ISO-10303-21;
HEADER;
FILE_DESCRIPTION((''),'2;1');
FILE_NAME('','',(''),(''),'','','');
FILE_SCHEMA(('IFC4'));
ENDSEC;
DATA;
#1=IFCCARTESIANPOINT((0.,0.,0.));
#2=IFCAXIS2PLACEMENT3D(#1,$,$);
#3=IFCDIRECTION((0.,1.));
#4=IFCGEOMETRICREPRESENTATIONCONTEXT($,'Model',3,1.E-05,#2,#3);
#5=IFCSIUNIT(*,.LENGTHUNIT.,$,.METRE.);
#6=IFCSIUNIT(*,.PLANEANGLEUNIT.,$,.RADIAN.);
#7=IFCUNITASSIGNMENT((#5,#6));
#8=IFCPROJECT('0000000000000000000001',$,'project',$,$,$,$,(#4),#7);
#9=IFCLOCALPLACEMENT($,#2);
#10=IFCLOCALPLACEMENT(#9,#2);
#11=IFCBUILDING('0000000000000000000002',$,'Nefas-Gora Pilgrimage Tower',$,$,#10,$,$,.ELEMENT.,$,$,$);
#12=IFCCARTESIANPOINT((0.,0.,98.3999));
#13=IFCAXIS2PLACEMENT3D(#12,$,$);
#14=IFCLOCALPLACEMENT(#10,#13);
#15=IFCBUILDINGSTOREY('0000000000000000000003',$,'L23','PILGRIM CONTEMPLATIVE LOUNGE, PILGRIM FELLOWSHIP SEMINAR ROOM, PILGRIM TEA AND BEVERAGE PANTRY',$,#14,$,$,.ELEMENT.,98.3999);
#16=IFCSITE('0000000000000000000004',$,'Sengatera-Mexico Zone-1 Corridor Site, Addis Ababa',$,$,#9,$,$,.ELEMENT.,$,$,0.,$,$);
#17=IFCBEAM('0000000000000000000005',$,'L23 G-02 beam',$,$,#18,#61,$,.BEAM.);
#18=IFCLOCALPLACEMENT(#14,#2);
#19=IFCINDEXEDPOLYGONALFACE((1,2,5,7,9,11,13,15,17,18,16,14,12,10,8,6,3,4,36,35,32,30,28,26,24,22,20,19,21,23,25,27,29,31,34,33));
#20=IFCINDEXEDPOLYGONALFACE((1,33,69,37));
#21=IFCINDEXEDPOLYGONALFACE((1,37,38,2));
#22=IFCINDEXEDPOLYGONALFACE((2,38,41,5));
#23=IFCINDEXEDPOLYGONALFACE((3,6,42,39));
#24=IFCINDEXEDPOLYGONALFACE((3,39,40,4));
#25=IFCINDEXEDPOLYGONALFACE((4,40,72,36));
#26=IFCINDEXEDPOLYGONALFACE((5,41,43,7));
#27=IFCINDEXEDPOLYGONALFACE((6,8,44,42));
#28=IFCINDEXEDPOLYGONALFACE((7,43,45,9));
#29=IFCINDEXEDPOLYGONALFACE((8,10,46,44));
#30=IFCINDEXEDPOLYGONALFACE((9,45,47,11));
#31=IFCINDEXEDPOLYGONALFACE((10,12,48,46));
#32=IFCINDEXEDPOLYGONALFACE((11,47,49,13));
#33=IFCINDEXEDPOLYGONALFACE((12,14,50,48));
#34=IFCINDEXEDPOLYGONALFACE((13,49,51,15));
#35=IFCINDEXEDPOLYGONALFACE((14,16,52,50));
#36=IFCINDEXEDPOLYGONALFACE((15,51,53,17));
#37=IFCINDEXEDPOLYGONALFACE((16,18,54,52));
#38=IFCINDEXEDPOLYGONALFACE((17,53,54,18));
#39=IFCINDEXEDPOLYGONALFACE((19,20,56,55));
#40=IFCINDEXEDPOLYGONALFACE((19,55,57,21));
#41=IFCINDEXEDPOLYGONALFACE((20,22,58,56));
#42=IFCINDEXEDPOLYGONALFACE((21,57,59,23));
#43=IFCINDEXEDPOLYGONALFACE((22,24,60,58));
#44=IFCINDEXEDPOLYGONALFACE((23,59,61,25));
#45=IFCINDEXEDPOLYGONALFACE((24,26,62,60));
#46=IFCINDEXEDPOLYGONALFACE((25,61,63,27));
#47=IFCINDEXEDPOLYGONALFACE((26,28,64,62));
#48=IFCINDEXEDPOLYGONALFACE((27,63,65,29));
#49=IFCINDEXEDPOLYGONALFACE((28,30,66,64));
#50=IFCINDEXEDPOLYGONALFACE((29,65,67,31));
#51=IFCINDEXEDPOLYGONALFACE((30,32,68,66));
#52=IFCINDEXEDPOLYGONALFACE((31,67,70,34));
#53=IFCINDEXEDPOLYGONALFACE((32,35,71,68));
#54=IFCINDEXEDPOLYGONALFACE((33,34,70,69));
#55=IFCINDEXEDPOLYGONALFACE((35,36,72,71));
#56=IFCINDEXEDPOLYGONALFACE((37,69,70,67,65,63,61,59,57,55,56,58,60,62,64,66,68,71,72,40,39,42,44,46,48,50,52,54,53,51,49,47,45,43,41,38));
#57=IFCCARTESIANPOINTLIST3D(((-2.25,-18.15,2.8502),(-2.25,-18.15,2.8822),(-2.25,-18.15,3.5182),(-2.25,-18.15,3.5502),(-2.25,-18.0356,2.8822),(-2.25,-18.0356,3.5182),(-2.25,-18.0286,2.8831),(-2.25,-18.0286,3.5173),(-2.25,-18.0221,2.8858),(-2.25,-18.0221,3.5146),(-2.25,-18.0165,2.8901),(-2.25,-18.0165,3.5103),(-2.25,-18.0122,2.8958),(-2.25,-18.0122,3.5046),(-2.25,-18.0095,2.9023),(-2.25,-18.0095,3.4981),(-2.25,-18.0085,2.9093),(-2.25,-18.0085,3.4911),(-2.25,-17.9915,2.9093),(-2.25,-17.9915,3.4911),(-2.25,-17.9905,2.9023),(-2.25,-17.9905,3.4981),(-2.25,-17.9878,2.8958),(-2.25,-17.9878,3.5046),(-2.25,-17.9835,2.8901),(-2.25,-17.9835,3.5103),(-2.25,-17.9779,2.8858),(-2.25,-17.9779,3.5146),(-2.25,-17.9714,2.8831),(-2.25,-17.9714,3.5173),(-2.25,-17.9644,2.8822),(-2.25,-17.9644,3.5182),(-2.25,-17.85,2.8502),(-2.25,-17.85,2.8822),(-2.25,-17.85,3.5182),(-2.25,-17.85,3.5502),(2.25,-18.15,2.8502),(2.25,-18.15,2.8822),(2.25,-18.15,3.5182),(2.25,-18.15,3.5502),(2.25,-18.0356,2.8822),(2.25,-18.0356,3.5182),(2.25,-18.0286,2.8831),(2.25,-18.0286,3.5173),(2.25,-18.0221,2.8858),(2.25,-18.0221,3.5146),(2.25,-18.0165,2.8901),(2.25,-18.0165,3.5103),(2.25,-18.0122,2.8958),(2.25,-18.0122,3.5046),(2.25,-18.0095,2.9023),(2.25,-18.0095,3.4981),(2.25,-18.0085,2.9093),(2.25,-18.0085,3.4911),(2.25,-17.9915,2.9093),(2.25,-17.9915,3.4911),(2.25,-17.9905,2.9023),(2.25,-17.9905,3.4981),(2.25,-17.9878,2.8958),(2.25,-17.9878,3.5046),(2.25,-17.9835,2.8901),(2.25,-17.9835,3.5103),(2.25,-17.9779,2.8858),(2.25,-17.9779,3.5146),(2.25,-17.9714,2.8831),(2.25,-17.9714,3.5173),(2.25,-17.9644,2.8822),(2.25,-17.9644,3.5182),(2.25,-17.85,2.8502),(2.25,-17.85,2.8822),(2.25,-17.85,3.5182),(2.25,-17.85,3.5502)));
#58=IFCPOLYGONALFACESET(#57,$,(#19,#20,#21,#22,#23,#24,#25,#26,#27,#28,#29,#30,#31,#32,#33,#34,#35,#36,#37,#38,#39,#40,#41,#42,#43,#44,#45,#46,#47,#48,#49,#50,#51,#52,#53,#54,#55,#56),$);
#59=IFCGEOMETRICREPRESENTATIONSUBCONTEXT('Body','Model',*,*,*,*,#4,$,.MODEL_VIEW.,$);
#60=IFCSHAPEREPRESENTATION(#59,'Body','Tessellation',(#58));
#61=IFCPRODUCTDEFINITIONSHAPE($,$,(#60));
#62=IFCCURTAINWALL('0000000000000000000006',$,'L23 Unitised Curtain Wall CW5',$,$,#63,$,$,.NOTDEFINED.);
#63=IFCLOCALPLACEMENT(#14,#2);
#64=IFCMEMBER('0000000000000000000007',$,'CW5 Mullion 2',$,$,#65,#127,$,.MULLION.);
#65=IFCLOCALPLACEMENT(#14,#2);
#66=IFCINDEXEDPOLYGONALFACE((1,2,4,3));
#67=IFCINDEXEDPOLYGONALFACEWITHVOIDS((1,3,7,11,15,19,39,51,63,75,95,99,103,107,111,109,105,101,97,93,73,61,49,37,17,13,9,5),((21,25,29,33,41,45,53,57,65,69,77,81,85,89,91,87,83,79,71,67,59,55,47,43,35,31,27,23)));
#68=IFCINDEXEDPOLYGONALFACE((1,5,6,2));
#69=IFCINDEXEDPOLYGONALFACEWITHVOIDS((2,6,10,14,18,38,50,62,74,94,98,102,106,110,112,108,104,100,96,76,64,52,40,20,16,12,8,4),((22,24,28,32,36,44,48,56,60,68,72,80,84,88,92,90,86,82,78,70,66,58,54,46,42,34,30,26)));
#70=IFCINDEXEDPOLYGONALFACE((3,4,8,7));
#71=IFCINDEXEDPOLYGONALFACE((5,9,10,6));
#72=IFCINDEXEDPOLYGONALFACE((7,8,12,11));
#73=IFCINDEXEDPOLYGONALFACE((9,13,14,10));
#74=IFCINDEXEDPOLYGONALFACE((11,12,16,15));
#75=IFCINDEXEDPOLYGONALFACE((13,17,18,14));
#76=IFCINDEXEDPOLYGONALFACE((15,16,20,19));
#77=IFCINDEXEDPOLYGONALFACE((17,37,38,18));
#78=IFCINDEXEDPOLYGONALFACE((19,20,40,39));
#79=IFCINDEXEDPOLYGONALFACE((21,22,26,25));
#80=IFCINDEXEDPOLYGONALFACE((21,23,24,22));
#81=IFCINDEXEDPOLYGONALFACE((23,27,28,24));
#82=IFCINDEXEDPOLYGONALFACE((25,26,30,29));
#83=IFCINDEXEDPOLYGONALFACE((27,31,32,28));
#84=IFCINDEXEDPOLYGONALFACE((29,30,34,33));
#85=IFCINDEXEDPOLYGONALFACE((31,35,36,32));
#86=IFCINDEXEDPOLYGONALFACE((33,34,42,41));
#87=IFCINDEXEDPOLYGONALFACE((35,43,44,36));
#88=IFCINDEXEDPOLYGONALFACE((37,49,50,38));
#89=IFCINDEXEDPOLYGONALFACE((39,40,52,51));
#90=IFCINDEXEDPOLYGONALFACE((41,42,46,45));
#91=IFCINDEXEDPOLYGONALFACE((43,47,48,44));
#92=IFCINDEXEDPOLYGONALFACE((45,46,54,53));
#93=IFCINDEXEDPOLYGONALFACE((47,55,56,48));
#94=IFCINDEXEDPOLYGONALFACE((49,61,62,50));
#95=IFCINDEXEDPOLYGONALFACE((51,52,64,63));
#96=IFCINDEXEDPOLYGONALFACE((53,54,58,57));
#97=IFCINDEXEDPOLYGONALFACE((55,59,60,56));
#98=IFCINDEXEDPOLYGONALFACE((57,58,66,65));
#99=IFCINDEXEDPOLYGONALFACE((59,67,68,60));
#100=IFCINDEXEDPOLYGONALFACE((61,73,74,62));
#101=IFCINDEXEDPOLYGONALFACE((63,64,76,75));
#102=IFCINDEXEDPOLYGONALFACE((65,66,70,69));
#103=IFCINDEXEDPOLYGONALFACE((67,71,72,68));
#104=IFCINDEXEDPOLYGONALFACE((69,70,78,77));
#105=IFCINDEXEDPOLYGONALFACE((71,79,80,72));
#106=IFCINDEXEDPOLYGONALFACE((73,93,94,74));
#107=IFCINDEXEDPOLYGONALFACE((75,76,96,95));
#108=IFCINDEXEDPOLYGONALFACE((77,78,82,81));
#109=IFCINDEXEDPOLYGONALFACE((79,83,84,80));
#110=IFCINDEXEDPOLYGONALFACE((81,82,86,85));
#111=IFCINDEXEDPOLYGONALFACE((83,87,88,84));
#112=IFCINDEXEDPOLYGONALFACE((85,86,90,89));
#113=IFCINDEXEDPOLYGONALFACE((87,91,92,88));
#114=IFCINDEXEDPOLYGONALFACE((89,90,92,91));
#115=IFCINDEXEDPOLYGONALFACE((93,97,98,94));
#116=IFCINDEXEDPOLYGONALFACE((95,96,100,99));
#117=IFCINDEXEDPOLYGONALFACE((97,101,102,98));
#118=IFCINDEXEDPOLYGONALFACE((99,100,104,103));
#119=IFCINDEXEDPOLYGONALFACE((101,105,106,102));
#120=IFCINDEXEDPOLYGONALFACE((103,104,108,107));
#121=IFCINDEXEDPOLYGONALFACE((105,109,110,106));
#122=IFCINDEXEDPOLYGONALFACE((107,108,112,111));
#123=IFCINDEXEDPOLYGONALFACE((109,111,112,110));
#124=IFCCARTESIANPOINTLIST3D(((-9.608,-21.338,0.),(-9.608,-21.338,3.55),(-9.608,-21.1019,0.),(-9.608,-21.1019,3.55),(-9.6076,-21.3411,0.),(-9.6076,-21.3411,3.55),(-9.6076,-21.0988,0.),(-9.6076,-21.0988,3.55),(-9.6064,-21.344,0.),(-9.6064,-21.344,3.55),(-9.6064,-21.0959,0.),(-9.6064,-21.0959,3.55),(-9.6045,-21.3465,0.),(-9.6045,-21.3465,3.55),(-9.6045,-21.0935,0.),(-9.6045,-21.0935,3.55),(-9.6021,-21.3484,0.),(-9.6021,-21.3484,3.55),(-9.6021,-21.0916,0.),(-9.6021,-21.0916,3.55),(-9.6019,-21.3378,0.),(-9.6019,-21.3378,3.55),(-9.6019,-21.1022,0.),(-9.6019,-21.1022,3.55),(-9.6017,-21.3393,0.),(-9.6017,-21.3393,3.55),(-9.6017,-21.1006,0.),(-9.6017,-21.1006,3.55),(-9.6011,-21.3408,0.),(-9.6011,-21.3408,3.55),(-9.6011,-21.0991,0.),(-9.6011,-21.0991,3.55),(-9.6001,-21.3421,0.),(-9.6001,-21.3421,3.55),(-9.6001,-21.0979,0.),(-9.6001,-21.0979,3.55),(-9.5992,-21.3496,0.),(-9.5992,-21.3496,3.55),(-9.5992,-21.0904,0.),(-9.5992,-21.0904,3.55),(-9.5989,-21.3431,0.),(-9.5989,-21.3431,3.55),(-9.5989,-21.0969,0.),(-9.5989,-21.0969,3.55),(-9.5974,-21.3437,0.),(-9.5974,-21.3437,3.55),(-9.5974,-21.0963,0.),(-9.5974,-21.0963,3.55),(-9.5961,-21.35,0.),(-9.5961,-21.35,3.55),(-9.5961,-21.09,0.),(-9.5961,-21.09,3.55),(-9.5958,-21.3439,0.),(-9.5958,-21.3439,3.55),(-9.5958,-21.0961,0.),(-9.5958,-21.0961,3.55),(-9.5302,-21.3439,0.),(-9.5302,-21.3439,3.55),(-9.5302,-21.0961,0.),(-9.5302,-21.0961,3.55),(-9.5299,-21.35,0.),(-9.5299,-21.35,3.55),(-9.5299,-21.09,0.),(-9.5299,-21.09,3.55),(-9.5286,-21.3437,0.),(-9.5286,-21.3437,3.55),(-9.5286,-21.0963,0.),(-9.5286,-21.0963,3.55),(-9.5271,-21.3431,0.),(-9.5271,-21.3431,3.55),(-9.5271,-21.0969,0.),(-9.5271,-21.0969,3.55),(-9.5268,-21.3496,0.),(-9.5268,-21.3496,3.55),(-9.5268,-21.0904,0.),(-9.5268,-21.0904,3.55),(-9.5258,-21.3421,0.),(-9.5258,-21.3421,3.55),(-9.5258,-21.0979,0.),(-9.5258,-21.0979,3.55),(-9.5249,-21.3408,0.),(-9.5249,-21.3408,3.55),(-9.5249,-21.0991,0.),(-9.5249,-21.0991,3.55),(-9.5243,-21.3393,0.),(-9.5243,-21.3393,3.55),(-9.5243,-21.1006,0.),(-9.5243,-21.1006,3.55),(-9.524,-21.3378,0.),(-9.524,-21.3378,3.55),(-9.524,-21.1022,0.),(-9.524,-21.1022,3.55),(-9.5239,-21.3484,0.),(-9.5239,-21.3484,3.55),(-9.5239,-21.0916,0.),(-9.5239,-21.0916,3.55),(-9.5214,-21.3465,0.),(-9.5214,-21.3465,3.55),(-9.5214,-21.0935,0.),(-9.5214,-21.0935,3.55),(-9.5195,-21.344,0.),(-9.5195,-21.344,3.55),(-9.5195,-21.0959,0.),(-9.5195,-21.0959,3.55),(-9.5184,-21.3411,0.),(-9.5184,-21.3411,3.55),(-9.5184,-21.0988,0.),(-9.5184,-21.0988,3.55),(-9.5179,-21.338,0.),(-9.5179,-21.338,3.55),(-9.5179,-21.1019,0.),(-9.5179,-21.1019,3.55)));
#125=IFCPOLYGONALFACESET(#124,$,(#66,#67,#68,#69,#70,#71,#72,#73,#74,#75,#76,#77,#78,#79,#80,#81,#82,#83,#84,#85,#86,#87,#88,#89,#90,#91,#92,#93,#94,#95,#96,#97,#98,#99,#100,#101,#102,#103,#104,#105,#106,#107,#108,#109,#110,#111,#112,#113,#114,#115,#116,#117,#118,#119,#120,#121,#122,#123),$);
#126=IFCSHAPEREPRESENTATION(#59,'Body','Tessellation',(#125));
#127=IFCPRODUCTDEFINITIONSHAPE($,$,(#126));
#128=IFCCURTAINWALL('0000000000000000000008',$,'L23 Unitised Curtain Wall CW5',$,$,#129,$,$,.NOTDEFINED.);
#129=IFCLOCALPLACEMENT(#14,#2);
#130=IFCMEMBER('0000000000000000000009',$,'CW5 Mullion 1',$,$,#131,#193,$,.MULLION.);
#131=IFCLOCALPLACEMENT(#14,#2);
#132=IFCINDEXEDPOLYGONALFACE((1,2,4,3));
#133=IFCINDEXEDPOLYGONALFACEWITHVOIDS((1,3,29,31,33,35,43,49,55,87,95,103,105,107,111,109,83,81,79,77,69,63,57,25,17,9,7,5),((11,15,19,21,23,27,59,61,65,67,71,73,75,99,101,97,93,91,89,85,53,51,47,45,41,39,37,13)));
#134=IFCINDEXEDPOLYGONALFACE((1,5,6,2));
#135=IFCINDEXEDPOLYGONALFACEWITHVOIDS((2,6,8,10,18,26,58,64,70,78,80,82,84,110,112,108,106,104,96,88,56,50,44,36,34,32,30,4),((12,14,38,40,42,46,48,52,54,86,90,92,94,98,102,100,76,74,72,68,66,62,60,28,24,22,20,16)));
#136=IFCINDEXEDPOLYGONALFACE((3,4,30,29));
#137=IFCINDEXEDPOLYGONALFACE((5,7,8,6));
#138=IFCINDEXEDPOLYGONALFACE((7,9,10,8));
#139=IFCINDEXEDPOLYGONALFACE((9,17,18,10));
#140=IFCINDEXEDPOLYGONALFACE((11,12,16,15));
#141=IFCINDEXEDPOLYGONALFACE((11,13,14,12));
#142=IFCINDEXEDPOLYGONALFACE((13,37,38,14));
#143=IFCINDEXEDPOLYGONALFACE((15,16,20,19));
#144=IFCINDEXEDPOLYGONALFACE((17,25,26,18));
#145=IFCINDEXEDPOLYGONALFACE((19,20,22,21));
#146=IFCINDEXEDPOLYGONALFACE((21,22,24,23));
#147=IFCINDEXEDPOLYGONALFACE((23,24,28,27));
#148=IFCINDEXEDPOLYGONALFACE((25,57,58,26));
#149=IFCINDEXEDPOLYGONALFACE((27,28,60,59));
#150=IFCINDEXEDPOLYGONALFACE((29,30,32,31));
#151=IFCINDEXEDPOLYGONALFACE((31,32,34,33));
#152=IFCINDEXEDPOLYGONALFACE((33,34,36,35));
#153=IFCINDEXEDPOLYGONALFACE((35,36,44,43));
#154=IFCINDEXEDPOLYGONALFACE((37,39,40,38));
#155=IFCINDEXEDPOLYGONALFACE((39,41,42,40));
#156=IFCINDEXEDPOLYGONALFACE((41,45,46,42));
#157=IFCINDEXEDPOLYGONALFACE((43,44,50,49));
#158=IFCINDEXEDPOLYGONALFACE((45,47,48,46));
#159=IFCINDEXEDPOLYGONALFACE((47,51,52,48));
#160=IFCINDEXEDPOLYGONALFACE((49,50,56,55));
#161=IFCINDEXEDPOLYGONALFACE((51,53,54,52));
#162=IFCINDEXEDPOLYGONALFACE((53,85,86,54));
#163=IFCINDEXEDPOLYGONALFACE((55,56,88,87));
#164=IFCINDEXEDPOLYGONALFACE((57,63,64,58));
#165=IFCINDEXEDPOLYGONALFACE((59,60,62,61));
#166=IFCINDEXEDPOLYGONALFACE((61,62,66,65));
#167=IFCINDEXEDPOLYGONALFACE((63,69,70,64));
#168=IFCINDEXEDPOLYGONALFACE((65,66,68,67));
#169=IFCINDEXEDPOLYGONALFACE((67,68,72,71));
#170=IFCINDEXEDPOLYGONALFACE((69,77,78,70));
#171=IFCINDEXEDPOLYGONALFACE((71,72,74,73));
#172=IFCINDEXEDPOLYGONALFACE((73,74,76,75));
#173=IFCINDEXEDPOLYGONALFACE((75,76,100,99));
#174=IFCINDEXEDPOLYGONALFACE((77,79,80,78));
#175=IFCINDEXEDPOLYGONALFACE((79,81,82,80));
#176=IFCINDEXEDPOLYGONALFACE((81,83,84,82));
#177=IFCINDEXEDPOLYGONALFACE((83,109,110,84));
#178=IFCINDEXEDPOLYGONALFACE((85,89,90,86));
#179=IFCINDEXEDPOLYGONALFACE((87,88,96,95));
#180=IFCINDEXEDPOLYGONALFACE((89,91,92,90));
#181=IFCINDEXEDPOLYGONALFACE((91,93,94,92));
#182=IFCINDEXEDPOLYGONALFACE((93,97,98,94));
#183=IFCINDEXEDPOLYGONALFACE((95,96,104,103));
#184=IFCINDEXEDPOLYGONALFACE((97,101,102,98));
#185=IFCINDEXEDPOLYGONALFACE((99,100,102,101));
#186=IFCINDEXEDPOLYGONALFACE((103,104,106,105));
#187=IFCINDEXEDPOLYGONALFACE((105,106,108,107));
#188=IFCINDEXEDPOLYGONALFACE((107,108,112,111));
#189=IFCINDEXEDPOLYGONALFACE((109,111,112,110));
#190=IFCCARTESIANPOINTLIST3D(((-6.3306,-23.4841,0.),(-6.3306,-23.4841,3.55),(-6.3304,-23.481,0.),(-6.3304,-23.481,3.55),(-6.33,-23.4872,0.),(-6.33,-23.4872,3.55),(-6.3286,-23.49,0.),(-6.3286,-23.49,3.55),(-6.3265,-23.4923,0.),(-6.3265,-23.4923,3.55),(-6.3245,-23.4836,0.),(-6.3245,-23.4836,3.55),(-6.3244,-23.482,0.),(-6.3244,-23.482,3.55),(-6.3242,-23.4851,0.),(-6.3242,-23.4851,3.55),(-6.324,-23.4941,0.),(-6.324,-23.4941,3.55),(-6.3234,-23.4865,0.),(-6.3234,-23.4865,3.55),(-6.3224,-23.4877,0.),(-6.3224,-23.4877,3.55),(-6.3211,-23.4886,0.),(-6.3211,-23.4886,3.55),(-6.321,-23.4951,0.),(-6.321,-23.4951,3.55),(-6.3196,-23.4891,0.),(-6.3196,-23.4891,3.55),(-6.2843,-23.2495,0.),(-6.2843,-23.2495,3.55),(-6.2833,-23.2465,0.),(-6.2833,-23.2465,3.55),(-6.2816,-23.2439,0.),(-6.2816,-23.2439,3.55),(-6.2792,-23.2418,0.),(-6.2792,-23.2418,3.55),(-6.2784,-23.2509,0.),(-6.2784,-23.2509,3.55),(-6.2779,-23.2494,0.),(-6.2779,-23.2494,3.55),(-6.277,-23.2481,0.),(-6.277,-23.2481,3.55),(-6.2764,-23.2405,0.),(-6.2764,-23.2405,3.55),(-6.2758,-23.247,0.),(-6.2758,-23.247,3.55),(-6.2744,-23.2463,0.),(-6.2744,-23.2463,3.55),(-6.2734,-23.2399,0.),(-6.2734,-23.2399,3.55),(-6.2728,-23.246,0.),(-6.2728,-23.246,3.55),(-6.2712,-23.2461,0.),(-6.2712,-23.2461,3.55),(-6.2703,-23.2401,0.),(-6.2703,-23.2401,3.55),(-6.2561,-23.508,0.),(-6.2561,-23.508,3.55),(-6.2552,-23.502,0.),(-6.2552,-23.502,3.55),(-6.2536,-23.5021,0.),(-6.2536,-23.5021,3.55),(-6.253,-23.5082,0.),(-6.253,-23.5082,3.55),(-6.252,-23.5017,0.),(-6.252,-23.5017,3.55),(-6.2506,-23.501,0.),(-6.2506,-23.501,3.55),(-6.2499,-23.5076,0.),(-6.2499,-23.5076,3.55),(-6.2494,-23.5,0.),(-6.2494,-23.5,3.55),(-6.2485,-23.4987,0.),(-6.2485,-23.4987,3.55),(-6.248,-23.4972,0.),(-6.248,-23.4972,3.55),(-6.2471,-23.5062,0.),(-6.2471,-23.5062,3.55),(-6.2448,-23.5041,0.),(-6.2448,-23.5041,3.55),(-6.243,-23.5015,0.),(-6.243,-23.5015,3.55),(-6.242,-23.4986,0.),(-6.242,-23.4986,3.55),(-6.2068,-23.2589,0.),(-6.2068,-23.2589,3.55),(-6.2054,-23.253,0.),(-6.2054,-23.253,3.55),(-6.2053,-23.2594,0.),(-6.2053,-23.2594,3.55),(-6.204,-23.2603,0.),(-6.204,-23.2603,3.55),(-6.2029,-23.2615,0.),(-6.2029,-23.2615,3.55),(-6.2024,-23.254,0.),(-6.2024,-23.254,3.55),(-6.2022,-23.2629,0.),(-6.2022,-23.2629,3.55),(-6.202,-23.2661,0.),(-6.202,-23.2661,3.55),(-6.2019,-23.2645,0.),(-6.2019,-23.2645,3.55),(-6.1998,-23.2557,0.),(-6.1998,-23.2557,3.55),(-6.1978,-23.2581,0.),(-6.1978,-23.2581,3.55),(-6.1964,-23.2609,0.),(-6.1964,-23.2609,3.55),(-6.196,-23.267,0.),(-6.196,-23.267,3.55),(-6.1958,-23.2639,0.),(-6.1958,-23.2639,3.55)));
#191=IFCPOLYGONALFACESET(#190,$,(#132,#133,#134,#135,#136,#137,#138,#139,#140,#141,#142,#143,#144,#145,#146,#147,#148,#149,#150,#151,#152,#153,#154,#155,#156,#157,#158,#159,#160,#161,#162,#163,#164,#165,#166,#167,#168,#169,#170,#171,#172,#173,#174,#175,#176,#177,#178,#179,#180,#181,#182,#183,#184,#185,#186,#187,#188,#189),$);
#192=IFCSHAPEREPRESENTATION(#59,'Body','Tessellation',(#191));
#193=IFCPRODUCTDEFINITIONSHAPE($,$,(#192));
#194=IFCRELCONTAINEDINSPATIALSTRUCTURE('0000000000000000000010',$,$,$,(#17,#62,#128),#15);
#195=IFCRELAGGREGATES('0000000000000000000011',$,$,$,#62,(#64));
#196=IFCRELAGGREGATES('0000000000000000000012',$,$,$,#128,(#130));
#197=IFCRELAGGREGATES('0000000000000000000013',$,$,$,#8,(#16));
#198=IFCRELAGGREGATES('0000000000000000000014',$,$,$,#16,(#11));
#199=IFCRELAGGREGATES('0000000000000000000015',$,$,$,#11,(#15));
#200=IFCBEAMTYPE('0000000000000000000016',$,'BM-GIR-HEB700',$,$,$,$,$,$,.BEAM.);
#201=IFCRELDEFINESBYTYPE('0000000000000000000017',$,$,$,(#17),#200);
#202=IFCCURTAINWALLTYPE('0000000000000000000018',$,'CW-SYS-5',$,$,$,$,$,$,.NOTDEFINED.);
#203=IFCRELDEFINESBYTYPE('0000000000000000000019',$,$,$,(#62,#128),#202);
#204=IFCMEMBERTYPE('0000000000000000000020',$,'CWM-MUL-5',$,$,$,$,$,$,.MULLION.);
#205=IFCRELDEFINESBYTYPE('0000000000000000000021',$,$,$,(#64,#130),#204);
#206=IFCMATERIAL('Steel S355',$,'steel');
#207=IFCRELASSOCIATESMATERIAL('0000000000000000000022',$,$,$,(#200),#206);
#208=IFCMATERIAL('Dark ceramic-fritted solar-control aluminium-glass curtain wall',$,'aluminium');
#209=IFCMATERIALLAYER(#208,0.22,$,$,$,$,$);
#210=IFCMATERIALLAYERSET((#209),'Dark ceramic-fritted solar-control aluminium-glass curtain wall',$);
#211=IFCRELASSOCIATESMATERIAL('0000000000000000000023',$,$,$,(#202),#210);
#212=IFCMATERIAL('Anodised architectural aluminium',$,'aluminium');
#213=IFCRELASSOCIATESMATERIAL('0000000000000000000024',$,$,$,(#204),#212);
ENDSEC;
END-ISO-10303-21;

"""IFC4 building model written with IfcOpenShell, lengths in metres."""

from ifc_helpers import new_model, si_unit, direction, frame, origin, origin_2d, place, context, subcontext, project, spatial, hollow_rectangle, i_section, extrude, source, transform, mapped, material, layer, layer_set, material_profile, profile_set, type_object, element, aggregate, save


model = new_model("IFC4")

# Units and contexts
model_context = context("Model", 3, precision=1e-05, world=origin(), true_north=direction((0.0, 1.0)))
body_context = subcontext(model_context, "Body", "Model", "MODEL_VIEW")
ifc_project = project(units=[si_unit("LENGTHUNIT", "METRE"), si_unit("PLANEANGLEUNIT", "RADIAN")], contexts=[model_context])

# Site, building, storey
site_placement = place(None, origin())
site = spatial("IfcSite", under=ifc_project, at=site_placement, Name="Sengatera-Mexico Zone-1 Corridor Site, Addis Ababa", CompositionType="ELEMENT", RefElevation=0.0)
building_placement = place(site_placement, origin())
building = spatial("IfcBuilding", under=site, at=building_placement, Name="Nefas-Gora Pilgrimage Tower", CompositionType="ELEMENT")
storey_placement = place(building_placement, frame((0.0, 0.0, 98.3999)))
storey = spatial("IfcBuildingStorey", under=building, at=storey_placement, Name="L23", Description="PILGRIM CONTEMPLATIVE LOUNGE, PILGRIM FELLOWSHIP SEMINAR ROOM, PILGRIM TEA AND BEVERAGE PANTRY", CompositionType="ELEMENT", Elevation=98.3999)

# Beam
ifc_material_1 = material(Name="Steel S355", Category="steel")
ifc_material_profile_1 = material_profile(ifc_material_1, i_section(OverallWidth=0.3, OverallDepth=0.7, WebThickness=0.0171, FlangeThickness=0.032, FilletRadius=0.0271, at=origin_2d()), Name="HEB 700")
ifc_profile_set_1 = profile_set([ifc_material_profile_1], Name="Steel S355")
beam_type = type_object("IfcBeamType", Name="BM-GIR-HEB700", PredefinedType="BEAM", material=ifc_profile_set_1)
shared_shape_1 = source(origin(), body_context, "Body", "SweptSolid", [
    extrude(i_section(OverallWidth=0.3, OverallDepth=0.7, WebThickness=0.0171, FlangeThickness=0.032, FilletRadius=0.0271, at=origin_2d()), origin(), (0.0, 0.0, 1.0), 4.5),
])
for number, where, z_axis, x_axis, name in (
    (1, (-2.25, -18.0, 3.2002), (1.0, 0.0, 0.0), (0.0, 1.0, 0.0), "L23 G-02 beam"),
):
    element("IfcBeam", number, at=place(storey_placement, frame(where, z_axis=z_axis, x_axis=x_axis)), inside=storey, type_object=beam_type, Name=name, PredefinedType="BEAM", context=body_context, shape_type="MappedRepresentation", body=[
        mapped(shared_shape_1, transform((0.0, 0.0, 0.0), x_axis=(1.0, 0.0, 0.0), y_axis=(0.0, 1.0, 0.0), z_axis=(0.0, 0.0, 1.0), scale=1.0)),
    ])

# Curtain wall, member
ifc_material_2 = material(Name="Dark ceramic-fritted solar-control aluminium-glass curtain wall", Category="aluminium")
ifc_layer_1 = layer(ifc_material_2, 0.22)
ifc_layer_set_1 = layer_set([ifc_layer_1], Name="Dark ceramic-fritted solar-control aluminium-glass curtain wall")
curtain_wall_type = type_object("IfcCurtainWallType", Name="CW-SYS-5", PredefinedType="NOTDEFINED", material=ifc_layer_set_1)
curtain_wall_1_placement = place(storey_placement, origin())
curtain_wall_1 = element("IfcCurtainWall", 2, at=curtain_wall_1_placement, inside=storey, type_object=curtain_wall_type, Name="L23 Unitised Curtain Wall CW5", PredefinedType="NOTDEFINED")
ifc_material_3 = material(Name="Anodised architectural aluminium", Category="aluminium")
ifc_material_profile_2 = material_profile(ifc_material_3, hollow_rectangle(XDim=0.0901, YDim=0.26, WallThickness=0.0061, InnerFilletRadius=0.0061, OuterFilletRadius=0.012, at=origin_2d()), Name="ALU MULLION 90x260")
ifc_profile_set_2 = profile_set([ifc_material_profile_2], Name="Anodised architectural aluminium")
member_type_1 = type_object("IfcMemberType", Name="CWM-MUL-5", PredefinedType="MULLION", material=ifc_profile_set_2)
shared_shape_2 = source(origin(), body_context, "Body", "SweptSolid", [
    extrude(hollow_rectangle(XDim=0.0901, YDim=0.26, WallThickness=0.0061, InnerFilletRadius=0.0061, OuterFilletRadius=0.012, at=origin_2d()), origin(), (0.0, 0.0, 1.0), 3.55),
])
member_1_placement = place(storey_placement, frame((-9.563, -21.22, 0.0), z_axis=(0.0, 0.0, 1.0), x_axis=(1.0, 0.0, 0.0)))
member_1 = element("IfcMember", 3, at=member_1_placement, type_object=member_type_1, Name="CW5 Mullion 2", PredefinedType="MULLION", context=body_context, shape_type="MappedRepresentation", body=[
    mapped(shared_shape_2, transform((0.0, 0.0, 0.0), x_axis=(1.0, 0.0, 0.0), y_axis=(0.0, 1.0, 0.0), z_axis=(0.0, 0.0, 1.0), scale=1.0)),
])
aggregate(curtain_wall_1, [member_1])

# Curtain wall, member
curtain_wall_2_placement = place(storey_placement, origin())
curtain_wall_2 = element("IfcCurtainWall", 4, at=curtain_wall_2_placement, inside=storey, type_object=curtain_wall_type, Name="L23 Unitised Curtain Wall CW5", PredefinedType="NOTDEFINED")
member_2_placement = place(storey_placement, frame((-6.2632, -23.374, 0.0), z_axis=(0.0, 0.0, 1.0), x_axis=(0.980783, -0.195102, 0.0)))
member_2 = element("IfcMember", 5, at=member_2_placement, type_object=member_type_1, Name="CW5 Mullion 1", PredefinedType="MULLION", context=body_context, shape_type="MappedRepresentation", body=[
    mapped(shared_shape_2, transform((0.0, 0.0, 0.0), x_axis=(1.0, 0.0, 0.0), y_axis=(0.0, 1.0, 0.0), z_axis=(0.0, 0.0, 1.0), scale=1.0)),
])

aggregate(curtain_wall_2, [member_2])

save(model, "model.ifc")
